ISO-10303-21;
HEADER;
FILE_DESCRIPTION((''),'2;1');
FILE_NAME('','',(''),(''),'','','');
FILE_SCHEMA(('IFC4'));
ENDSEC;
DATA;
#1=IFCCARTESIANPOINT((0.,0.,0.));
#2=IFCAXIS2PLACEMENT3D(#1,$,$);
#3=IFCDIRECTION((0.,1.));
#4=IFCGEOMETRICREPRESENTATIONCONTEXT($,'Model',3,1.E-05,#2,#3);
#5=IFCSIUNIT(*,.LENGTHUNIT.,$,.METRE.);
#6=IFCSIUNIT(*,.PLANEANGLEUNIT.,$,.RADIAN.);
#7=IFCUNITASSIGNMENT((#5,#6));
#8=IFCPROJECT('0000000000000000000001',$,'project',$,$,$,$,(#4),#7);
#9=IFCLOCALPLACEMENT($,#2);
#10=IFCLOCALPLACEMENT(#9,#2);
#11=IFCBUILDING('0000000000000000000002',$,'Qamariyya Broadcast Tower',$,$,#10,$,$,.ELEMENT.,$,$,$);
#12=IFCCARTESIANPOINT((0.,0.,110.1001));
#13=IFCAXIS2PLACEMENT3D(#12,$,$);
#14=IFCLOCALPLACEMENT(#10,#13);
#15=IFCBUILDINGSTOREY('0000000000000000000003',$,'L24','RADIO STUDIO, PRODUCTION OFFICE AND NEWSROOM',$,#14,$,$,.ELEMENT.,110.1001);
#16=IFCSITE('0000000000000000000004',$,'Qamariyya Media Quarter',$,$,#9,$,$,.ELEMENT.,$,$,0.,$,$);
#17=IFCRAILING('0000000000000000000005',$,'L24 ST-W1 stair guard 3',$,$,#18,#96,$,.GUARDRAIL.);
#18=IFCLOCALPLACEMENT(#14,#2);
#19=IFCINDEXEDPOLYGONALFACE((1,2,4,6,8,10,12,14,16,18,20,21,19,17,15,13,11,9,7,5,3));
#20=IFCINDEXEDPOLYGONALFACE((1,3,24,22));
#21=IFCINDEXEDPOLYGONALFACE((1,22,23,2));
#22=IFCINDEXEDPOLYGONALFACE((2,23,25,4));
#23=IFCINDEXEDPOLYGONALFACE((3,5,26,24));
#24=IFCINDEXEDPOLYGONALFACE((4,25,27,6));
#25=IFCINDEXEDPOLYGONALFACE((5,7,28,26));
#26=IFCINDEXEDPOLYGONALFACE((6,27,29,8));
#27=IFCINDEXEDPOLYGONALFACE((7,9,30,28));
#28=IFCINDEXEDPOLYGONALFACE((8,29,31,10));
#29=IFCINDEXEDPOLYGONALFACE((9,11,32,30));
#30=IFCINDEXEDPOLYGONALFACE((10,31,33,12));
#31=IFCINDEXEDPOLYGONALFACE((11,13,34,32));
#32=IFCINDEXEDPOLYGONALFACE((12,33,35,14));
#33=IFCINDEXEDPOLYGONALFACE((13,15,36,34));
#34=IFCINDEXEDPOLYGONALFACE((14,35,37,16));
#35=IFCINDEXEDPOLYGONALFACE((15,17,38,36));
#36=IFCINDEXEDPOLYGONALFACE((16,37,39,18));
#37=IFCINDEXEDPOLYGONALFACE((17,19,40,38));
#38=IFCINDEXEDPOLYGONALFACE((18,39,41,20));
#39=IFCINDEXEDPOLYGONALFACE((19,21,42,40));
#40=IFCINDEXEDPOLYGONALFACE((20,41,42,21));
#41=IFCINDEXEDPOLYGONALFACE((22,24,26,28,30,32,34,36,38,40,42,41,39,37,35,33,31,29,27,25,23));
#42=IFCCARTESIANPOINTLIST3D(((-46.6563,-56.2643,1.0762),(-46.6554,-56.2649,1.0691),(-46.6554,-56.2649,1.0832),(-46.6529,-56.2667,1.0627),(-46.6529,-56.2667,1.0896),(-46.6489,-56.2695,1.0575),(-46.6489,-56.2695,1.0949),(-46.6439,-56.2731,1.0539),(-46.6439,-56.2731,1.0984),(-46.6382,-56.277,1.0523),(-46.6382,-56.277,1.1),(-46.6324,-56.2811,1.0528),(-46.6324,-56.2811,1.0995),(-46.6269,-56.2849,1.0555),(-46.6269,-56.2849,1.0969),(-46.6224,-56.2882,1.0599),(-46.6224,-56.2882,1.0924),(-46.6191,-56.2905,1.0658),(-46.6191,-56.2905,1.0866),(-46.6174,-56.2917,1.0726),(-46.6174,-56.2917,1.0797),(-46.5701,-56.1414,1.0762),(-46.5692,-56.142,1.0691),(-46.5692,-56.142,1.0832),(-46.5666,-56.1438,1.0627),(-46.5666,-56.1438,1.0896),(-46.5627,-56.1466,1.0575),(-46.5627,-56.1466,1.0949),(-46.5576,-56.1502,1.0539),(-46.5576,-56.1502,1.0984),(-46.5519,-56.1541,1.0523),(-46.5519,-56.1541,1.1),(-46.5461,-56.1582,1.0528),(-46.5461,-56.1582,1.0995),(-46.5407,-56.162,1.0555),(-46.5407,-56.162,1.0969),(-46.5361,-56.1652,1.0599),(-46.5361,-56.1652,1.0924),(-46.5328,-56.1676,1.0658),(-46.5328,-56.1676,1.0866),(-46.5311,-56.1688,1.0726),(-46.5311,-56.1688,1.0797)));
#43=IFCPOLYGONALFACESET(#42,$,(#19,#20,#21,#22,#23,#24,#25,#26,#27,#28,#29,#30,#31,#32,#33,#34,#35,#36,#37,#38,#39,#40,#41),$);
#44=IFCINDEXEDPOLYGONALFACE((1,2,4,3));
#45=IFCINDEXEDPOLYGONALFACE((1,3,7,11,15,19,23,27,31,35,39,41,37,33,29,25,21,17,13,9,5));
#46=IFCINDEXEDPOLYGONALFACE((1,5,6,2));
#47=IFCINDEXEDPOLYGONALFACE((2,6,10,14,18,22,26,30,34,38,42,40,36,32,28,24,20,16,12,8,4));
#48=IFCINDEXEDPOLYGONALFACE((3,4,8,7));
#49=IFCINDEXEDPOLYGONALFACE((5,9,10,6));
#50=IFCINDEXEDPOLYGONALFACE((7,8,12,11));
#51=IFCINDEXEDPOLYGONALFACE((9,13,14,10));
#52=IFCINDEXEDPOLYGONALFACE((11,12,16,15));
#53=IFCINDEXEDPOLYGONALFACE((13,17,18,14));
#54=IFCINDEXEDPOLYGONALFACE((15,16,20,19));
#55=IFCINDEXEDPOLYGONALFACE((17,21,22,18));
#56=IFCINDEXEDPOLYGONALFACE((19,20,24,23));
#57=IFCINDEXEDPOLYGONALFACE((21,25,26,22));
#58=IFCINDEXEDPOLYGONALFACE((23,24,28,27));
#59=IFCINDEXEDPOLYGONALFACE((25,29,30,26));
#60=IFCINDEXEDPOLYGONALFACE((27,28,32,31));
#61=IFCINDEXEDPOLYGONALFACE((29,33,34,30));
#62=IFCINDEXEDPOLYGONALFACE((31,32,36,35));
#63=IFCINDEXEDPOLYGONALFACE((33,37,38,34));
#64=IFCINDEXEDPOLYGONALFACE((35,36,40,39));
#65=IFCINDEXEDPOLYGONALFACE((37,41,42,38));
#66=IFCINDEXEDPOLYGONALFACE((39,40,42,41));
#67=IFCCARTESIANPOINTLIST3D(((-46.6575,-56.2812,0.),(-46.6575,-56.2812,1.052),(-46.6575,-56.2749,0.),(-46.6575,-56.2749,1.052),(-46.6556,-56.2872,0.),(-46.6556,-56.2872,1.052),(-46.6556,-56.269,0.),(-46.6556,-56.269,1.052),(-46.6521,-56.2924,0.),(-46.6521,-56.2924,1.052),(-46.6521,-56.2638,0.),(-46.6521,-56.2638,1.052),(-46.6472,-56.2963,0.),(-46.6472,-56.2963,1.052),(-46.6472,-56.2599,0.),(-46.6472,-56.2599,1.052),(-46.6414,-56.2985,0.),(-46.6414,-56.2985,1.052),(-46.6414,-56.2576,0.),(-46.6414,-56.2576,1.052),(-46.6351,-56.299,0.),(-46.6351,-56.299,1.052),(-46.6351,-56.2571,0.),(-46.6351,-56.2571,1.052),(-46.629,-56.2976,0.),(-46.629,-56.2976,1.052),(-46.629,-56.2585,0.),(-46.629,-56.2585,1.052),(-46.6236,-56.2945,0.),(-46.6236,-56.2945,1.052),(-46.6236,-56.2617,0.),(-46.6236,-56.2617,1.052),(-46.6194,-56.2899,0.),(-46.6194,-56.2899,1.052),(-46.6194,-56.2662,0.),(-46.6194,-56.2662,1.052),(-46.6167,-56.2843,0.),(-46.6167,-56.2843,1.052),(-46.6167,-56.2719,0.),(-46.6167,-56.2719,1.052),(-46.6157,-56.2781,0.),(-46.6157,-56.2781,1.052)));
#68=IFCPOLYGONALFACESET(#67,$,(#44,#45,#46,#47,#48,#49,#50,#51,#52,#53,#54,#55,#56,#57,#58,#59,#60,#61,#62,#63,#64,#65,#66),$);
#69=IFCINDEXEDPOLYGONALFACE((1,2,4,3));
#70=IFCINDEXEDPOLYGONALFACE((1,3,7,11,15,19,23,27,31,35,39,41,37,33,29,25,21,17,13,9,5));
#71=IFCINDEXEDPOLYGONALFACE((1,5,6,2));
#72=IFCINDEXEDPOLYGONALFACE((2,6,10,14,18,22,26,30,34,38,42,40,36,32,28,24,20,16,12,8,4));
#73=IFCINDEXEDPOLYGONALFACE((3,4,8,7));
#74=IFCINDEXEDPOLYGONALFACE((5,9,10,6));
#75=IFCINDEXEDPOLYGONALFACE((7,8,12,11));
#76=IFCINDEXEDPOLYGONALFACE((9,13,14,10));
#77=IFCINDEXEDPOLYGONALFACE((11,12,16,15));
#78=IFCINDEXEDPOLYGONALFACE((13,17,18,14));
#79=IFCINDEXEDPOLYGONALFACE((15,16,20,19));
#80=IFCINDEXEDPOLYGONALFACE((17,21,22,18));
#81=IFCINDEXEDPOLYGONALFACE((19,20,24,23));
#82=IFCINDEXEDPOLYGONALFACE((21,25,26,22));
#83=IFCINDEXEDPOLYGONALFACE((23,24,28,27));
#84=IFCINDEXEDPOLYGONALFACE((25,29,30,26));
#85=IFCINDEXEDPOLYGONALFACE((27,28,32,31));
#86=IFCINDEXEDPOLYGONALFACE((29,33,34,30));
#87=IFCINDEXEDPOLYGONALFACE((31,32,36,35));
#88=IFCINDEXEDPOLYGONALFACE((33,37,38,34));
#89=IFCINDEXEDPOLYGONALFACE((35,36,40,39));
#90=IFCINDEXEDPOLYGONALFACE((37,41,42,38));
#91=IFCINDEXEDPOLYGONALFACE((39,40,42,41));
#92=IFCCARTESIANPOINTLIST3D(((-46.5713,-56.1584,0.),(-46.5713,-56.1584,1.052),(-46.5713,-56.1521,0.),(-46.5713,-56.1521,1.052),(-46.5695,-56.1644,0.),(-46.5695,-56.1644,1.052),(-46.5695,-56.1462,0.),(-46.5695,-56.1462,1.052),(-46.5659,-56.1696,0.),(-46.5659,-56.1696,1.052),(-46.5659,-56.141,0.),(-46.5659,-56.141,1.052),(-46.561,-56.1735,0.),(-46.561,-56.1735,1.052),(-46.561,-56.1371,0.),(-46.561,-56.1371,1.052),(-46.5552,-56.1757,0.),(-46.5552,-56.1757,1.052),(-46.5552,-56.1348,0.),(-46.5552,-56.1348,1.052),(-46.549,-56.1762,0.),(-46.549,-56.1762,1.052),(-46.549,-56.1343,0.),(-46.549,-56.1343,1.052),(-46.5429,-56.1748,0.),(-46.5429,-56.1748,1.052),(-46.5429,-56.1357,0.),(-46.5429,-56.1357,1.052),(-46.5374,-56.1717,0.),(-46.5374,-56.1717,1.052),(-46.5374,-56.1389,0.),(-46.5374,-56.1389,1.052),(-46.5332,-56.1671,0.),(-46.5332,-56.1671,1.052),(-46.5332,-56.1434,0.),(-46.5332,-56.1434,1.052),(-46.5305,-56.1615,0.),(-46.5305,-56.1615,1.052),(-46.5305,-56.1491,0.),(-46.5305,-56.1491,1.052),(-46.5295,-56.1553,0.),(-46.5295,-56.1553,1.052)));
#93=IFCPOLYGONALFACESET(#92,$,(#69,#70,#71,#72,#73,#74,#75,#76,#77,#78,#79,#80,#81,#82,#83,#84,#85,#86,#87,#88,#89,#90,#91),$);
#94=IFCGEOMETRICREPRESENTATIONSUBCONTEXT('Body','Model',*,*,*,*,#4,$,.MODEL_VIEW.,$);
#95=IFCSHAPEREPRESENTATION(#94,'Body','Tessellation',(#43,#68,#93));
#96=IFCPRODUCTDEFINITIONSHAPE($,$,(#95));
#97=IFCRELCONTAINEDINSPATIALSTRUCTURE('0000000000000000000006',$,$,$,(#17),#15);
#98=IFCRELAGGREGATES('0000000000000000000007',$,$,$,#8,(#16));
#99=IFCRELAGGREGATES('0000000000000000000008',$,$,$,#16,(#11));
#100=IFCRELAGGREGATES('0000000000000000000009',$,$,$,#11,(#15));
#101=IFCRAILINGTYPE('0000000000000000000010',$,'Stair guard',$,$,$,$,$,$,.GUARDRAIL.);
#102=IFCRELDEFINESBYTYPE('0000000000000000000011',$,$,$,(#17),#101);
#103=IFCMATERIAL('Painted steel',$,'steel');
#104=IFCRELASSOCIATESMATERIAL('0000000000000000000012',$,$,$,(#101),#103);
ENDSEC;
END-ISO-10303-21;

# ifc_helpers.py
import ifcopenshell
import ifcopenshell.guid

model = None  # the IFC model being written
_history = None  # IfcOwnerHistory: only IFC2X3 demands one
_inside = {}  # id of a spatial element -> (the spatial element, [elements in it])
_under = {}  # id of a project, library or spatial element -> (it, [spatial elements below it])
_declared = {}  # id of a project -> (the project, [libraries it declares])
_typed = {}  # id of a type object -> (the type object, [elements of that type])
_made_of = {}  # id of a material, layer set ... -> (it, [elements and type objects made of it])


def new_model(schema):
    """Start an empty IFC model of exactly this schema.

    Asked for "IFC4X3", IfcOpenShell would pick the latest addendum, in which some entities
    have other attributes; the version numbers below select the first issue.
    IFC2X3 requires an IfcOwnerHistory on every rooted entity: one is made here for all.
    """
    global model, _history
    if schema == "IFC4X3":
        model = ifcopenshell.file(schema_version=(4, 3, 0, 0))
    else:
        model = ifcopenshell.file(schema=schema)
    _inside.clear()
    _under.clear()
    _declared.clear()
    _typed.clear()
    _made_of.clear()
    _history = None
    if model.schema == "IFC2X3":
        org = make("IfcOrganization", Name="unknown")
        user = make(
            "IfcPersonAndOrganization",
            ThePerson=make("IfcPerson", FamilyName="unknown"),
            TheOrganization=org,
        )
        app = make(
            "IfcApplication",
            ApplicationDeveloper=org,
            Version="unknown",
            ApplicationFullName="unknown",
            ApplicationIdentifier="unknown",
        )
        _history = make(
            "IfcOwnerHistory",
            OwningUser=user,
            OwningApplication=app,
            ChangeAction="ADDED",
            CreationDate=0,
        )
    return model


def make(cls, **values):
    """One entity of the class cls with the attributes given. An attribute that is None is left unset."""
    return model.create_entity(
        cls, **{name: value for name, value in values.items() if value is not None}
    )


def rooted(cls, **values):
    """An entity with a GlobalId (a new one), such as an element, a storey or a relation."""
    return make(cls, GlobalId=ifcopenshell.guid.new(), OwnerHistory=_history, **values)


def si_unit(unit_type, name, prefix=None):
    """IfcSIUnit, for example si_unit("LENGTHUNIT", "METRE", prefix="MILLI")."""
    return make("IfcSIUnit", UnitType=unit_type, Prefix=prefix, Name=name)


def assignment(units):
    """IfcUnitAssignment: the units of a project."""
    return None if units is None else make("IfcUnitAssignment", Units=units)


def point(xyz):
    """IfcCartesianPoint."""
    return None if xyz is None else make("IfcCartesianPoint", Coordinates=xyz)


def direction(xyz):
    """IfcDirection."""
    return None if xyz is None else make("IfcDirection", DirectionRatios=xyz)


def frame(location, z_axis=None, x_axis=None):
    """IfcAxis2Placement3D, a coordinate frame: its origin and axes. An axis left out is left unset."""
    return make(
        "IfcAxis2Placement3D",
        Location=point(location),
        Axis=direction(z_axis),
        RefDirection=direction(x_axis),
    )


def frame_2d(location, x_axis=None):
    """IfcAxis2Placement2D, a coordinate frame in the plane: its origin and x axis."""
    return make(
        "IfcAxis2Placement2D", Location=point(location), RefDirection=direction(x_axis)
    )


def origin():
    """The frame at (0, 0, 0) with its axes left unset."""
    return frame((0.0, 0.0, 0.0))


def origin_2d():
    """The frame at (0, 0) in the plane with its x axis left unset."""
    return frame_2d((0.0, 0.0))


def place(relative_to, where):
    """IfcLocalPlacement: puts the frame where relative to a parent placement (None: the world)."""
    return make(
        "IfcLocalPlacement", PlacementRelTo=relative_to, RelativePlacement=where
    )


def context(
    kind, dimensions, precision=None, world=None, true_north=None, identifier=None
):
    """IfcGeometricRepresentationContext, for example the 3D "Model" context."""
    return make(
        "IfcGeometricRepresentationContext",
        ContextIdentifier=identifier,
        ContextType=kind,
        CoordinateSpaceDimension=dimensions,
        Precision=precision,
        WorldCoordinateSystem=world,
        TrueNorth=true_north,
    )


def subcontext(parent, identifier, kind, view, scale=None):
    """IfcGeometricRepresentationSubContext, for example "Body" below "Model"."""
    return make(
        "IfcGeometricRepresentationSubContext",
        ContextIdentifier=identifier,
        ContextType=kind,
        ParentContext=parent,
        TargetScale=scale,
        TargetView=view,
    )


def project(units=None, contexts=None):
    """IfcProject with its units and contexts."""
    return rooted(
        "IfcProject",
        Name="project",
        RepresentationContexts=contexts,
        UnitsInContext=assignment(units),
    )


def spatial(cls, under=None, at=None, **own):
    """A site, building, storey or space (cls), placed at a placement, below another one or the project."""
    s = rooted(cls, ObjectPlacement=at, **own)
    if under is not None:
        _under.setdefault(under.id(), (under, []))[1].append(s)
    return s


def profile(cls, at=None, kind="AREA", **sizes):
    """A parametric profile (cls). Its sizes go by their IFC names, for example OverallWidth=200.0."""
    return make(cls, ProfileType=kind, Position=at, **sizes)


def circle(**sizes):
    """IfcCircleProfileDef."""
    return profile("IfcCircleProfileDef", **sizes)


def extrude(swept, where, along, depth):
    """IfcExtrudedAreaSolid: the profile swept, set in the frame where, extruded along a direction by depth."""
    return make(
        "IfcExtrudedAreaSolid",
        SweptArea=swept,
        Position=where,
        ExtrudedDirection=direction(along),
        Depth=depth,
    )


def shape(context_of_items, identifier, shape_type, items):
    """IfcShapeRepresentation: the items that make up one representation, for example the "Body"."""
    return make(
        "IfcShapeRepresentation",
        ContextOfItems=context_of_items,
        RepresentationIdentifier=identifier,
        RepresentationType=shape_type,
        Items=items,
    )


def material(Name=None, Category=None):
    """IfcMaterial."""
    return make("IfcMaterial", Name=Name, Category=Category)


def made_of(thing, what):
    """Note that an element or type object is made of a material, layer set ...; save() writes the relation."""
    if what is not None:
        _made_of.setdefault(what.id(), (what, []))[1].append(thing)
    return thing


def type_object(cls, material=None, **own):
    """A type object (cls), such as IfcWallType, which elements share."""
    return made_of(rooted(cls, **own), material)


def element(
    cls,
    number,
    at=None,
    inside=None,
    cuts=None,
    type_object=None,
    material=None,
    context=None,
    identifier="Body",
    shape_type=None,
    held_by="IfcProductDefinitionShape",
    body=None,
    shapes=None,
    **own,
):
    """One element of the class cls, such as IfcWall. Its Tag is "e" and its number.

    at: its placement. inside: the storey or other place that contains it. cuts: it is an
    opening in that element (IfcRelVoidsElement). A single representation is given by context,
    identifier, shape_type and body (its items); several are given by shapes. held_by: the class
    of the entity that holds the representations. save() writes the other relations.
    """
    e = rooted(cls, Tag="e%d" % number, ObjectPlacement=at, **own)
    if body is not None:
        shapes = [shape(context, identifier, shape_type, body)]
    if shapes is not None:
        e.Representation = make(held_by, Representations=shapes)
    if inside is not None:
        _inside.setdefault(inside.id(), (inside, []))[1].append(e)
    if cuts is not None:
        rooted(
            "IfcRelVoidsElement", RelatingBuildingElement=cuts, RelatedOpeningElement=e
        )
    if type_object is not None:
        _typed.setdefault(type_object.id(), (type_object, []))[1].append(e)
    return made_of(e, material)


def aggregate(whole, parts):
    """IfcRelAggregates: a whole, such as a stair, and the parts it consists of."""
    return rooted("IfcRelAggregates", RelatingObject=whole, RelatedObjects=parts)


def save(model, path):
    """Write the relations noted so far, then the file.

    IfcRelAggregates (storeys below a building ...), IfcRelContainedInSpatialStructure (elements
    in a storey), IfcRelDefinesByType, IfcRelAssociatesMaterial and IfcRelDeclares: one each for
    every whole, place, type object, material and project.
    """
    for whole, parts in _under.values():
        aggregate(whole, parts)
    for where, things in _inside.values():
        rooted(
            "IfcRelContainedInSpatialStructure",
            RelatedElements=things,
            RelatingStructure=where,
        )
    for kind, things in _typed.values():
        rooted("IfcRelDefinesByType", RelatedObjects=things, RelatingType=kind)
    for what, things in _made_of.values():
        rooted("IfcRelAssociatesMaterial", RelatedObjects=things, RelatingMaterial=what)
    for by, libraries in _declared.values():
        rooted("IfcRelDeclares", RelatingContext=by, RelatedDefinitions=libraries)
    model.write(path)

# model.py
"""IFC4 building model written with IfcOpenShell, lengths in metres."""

from ifc_helpers import new_model, si_unit, direction, frame, origin, origin_2d, place, context, subcontext, project, spatial, circle, extrude, material, type_object, element, save


model = new_model("IFC4")

# Units and contexts
model_context = context("Model", 3, precision=1e-05, world=origin(), true_north=direction((0.0, 1.0)))
body_context = subcontext(model_context, "Body", "Model", "MODEL_VIEW")
ifc_project = project(units=[si_unit("LENGTHUNIT", "METRE"), si_unit("PLANEANGLEUNIT", "RADIAN")], contexts=[model_context])

# Site, building, storey
site_placement = place(None, origin())
site = spatial("IfcSite", under=ifc_project, at=site_placement, Name="Qamariyya Media Quarter", CompositionType="ELEMENT", RefElevation=0.0)
building_placement = place(site_placement, origin())
building = spatial("IfcBuilding", under=site, at=building_placement, Name="Qamariyya Broadcast Tower", CompositionType="ELEMENT")
storey_placement = place(building_placement, frame((0.0, 0.0, 110.1001)))
storey = spatial("IfcBuildingStorey", under=building, at=storey_placement, Name="L24", Description="RADIO STUDIO, PRODUCTION OFFICE AND NEWSROOM", CompositionType="ELEMENT", Elevation=110.1001)

# Railing
ifc_material_1 = material(Name="Painted steel", Category="steel")
railing_type_1 = type_object("IfcRailingType", Name="Stair guard", PredefinedType="GUARDRAIL", material=ifc_material_1)
railing_1_placement = place(storey_placement, frame((-46.6367, -56.2781, 0.0)))
element("IfcRailing", 1, at=railing_1_placement, inside=storey, type_object=railing_type_1, Name="L24 ST-W1 stair guard 3", PredefinedType="GUARDRAIL", context=body_context, shape_type="SweptSolid", body=[
    extrude(circle(Radius=0.0239, at=origin_2d()), frame((0.0, 0.0, 1.0762), z_axis=(0.574445, 0.818543, 0.0), x_axis=(-0.818543, 0.574445, 0.0)), (0.0, 0.0, 1.0), 0.1501),
    extrude(circle(Radius=0.021, at=origin_2d()), origin(), (0.0, 0.0, 1.0), 1.052),
    extrude(circle(Radius=0.021, at=origin_2d()), frame((0.0862, 0.1228, 0.0)), (0.0, 0.0, 1.0), 1.052),
])

save(model, "model.ifc")
